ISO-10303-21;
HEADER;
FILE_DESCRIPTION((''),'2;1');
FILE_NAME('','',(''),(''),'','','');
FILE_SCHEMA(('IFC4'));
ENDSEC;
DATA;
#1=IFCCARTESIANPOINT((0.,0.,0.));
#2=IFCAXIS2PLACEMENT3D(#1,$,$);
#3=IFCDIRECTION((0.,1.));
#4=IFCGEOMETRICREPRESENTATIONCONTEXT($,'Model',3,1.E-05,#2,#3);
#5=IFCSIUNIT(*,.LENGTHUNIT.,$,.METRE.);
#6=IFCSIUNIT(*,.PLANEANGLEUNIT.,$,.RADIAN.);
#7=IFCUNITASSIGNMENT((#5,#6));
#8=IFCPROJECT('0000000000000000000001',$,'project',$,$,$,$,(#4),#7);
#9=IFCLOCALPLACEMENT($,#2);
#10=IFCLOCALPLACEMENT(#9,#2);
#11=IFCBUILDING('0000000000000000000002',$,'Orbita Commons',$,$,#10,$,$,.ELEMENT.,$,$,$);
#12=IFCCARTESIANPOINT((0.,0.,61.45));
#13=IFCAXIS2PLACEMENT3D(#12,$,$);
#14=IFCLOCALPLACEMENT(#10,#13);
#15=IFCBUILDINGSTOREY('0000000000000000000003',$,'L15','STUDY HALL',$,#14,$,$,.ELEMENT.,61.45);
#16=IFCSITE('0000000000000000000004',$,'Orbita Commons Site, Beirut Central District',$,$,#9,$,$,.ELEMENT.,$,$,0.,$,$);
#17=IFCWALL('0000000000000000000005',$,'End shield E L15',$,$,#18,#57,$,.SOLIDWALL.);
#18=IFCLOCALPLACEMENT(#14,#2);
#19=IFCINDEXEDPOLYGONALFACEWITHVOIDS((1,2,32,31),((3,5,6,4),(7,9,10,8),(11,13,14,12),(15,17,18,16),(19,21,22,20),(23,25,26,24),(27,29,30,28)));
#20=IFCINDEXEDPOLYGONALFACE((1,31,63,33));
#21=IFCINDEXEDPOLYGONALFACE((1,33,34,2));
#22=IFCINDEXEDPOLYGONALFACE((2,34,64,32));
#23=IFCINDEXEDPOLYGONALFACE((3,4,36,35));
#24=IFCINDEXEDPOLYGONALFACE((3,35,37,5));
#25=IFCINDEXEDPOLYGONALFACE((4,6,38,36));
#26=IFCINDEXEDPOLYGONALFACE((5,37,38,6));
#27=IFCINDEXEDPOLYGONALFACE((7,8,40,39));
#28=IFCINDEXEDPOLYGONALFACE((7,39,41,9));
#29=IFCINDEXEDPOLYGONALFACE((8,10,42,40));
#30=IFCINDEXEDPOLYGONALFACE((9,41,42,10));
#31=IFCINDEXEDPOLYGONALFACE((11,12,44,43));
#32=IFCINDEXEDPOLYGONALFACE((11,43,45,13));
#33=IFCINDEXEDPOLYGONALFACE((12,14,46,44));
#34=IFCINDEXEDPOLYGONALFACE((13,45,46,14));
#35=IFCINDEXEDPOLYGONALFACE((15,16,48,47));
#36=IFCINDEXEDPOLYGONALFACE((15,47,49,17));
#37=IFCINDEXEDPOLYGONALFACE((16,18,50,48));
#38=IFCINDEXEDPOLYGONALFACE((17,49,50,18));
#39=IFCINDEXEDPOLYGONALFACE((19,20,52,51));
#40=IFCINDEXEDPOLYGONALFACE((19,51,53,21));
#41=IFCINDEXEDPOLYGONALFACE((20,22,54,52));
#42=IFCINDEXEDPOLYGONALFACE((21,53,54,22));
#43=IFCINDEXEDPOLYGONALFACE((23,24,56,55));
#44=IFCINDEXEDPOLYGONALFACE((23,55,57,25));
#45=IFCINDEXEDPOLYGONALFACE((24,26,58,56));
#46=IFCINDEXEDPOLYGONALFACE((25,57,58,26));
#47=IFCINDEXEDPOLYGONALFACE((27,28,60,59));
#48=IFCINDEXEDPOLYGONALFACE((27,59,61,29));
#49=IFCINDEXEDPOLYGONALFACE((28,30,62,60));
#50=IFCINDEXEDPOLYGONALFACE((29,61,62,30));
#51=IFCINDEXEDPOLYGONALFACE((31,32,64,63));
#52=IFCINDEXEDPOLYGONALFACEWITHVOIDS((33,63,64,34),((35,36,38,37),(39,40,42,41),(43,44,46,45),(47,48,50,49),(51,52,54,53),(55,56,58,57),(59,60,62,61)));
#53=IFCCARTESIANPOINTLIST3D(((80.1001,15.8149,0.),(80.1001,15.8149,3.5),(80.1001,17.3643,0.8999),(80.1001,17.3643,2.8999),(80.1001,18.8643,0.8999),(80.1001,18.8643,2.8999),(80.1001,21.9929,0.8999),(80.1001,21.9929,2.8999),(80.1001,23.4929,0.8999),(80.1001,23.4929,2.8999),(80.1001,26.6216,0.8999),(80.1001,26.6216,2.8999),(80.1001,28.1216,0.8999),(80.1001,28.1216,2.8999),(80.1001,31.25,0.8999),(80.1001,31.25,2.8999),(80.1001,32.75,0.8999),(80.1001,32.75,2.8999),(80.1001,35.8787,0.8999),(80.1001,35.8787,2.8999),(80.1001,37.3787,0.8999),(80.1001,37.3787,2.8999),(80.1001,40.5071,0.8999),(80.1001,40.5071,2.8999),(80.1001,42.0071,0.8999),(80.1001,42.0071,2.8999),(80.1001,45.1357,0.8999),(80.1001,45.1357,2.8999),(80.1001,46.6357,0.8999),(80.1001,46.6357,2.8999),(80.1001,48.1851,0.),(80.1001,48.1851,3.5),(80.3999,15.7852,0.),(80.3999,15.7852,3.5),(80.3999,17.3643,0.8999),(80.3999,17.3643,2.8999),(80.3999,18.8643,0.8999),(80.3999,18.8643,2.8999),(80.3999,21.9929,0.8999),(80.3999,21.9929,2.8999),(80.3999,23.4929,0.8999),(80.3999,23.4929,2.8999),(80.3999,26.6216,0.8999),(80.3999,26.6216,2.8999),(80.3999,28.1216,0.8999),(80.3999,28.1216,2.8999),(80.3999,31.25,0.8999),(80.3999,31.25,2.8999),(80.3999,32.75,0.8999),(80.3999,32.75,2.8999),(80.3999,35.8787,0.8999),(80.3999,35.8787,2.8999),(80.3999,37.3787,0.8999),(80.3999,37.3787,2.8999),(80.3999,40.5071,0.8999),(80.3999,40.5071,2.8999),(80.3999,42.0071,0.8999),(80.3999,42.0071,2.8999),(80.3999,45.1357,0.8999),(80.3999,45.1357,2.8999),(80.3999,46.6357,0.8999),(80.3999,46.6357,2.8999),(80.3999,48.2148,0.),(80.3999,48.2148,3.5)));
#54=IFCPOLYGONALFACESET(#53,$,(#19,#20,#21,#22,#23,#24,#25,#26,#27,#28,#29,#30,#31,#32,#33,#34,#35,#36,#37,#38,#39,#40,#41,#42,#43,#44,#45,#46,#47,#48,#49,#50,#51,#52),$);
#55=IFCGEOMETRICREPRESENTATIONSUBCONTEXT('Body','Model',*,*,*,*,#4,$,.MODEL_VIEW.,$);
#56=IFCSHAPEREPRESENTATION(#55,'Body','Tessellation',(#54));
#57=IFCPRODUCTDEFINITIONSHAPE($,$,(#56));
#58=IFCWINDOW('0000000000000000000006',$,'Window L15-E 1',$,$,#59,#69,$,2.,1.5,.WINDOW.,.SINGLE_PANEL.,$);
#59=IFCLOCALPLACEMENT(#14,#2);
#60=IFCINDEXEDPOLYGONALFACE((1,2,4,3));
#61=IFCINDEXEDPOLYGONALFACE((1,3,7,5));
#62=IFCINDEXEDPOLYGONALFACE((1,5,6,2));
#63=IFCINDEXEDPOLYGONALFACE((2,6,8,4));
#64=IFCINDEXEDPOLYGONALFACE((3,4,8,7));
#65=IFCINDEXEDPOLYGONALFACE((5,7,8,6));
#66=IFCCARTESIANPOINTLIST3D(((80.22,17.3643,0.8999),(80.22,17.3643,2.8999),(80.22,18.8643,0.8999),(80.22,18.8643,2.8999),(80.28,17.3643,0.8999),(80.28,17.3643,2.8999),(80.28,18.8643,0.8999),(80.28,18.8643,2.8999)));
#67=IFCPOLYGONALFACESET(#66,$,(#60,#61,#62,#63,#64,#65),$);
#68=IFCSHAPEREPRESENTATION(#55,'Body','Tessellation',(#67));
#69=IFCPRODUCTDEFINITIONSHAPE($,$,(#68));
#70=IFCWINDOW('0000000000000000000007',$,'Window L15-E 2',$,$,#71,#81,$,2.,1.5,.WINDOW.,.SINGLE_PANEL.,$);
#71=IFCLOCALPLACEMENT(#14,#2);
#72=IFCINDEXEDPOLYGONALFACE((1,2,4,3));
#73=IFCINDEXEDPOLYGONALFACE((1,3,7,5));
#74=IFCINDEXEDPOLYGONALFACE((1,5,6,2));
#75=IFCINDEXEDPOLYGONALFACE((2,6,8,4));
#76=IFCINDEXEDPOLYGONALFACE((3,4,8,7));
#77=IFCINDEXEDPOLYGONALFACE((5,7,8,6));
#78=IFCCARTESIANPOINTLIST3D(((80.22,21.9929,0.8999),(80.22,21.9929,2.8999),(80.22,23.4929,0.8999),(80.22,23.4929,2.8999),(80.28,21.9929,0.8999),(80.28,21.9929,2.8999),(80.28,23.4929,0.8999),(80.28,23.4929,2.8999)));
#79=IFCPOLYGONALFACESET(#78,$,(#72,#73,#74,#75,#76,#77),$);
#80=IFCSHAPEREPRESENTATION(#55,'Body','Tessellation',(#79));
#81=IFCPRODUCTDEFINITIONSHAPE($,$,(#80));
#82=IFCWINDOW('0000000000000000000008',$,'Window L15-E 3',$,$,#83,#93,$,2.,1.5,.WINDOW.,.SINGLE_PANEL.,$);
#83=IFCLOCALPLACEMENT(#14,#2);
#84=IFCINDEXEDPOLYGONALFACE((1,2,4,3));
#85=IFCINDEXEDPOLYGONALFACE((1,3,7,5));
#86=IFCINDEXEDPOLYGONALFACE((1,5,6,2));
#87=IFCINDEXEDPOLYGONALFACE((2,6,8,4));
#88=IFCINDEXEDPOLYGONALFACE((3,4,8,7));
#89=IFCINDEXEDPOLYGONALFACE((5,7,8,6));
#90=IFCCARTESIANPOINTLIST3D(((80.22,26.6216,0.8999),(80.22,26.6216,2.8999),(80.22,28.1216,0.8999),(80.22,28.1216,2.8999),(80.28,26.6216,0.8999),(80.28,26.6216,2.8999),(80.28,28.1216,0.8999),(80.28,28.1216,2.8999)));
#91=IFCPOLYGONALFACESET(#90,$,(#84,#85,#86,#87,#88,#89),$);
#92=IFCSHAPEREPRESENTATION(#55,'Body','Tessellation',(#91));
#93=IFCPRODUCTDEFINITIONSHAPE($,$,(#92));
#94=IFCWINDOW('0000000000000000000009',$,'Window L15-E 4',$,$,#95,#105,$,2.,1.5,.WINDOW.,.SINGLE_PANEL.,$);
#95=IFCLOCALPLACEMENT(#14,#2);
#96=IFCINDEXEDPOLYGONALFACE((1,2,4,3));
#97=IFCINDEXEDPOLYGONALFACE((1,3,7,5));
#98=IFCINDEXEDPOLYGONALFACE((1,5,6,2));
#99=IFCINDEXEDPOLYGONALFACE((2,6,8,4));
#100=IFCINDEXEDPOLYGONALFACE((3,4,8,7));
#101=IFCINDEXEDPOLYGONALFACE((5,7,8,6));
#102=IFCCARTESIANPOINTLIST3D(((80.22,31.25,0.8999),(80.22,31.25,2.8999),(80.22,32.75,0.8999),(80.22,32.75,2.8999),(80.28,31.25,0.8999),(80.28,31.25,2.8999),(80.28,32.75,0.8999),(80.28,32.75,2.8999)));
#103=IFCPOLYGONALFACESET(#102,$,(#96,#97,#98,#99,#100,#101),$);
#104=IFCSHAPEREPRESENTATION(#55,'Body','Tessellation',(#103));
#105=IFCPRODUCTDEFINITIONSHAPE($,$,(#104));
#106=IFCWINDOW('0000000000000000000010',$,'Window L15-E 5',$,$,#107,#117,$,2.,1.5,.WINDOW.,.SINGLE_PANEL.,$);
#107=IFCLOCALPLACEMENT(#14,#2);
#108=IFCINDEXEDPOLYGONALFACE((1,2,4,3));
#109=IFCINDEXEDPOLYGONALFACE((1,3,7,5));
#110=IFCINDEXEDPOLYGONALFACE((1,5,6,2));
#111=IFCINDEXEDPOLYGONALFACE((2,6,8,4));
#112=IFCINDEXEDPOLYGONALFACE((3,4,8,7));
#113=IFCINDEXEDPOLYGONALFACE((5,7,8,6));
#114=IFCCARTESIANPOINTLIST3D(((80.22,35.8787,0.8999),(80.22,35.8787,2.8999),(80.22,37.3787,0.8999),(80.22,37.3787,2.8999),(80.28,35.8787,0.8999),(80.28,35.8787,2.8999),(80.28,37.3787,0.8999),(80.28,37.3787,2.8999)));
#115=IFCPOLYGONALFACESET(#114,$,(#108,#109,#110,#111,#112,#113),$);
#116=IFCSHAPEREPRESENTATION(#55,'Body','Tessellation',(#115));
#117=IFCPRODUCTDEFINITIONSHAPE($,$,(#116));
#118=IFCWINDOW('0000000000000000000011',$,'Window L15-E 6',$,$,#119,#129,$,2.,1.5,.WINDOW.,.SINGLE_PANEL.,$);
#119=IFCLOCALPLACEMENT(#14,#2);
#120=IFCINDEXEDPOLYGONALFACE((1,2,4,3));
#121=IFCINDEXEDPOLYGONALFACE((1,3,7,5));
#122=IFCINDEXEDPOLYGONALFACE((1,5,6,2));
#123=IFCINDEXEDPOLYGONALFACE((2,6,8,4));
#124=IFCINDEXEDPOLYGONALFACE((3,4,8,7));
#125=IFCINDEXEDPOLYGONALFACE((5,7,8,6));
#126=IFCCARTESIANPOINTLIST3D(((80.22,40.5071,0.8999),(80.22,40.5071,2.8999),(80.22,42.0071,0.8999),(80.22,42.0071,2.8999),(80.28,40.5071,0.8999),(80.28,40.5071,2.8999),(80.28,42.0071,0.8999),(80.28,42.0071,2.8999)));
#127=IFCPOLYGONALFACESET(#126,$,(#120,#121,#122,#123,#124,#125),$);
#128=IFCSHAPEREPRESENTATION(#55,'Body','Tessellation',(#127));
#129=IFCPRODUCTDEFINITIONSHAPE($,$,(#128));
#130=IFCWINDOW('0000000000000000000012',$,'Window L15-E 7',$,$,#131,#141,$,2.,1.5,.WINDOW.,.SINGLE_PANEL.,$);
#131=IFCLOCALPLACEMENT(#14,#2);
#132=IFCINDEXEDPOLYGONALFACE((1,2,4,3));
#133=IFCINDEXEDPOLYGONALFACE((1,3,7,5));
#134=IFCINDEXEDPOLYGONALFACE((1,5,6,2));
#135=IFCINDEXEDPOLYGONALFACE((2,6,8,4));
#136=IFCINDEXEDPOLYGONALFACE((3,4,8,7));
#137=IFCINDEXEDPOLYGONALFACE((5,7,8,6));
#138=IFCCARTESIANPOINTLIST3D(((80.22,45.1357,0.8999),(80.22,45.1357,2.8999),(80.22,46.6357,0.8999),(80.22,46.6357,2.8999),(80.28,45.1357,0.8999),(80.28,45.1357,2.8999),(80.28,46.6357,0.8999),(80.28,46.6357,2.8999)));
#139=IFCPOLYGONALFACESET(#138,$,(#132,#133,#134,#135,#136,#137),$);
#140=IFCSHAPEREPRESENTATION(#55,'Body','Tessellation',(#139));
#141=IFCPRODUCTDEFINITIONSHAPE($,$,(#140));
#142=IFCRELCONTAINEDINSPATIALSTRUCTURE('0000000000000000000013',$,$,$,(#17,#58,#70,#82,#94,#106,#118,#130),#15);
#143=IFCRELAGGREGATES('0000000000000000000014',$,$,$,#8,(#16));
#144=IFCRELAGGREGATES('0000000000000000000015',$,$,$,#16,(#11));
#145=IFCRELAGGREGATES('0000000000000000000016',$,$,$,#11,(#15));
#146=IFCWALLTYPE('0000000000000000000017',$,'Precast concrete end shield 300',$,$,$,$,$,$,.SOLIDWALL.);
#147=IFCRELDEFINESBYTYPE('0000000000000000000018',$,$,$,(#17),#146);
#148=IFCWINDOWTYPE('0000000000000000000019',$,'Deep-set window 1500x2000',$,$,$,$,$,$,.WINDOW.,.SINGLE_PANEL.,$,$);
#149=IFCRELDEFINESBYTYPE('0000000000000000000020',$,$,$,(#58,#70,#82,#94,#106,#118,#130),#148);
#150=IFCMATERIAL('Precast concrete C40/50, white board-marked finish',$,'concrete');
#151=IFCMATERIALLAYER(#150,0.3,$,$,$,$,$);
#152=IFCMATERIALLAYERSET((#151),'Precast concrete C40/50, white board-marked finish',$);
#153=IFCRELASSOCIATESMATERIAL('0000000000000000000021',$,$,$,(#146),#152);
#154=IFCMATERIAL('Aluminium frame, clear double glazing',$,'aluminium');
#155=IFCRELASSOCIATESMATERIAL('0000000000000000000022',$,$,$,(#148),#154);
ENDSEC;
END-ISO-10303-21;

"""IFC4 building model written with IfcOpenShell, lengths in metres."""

from ifc_helpers import new_model, si_unit, direction, frame, frame_2d, origin, place, context, subcontext, project, spatial, polyline, rectangle, outline, extrude, material, layer, layer_set, type_object, element, fill, save


model = new_model("IFC4")

# Units and contexts
model_context = context("Model", 3, precision=1e-05, world=origin(), true_north=direction((0.0, 1.0)))
body_context = subcontext(model_context, "Body", "Model", "MODEL_VIEW")
ifc_project = project(units=[si_unit("LENGTHUNIT", "METRE"), si_unit("PLANEANGLEUNIT", "RADIAN")], contexts=[model_context])

# Site, building, storey
site_placement = place(None, origin())
site = spatial("IfcSite", under=ifc_project, at=site_placement, Name="Orbita Commons Site, Beirut Central District", CompositionType="ELEMENT", RefElevation=0.0)
building_placement = place(site_placement, origin())
building = spatial("IfcBuilding", under=site, at=building_placement, Name="Orbita Commons", CompositionType="ELEMENT")
storey_placement = place(building_placement, frame((0.0, 0.0, 61.45)))
storey = spatial("IfcBuildingStorey", under=building, at=storey_placement, Name="L15", Description="STUDY HALL", CompositionType="ELEMENT", Elevation=61.45)

# Wall, openings, windows
ifc_material_1 = material(Name="Precast concrete C40/50, white board-marked finish", Category="concrete")
ifc_layer_1 = layer(ifc_material_1, 0.3)
ifc_layer_set_1 = layer_set([ifc_layer_1], Name="Precast concrete C40/50, white board-marked finish")
wall_type_1 = type_object("IfcWallType", Name="Precast concrete end shield 300", PredefinedType="SOLIDWALL", material=ifc_layer_set_1)
wall_1_placement = place(storey_placement, frame((80.25, 15.8, 0.0), z_axis=(0.0, 0.0, 1.0), x_axis=(0.0, 1.0, 0.0)))
wall_1 = element("IfcWall", 1, at=wall_1_placement, inside=storey, type_object=wall_type_1, Name="End shield E L15", PredefinedType="SOLIDWALL", context=body_context, shape_type="SweptSolid", body=[
    extrude(outline(polyline([(-0.0149, -0.1499), (32.4148, -0.1499), (32.385, 0.1499), (0.0149, 0.1499), (-0.0149, -0.1499)])), origin(), (0.0, 0.0, 1.0), 3.5),
])
opening_1_placement = place(wall_1_placement, frame((1.5642, 0.0, 0.8999)))
opening_1 = element("IfcOpeningElement", 2, at=opening_1_placement, cuts=wall_1, PredefinedType="OPENING", context=body_context, shape_type="SweptSolid", body=[
    extrude(rectangle(XDim=1.5, YDim=2.0, at=frame_2d((0.75, 1.0))), frame((0.0, 0.1599, 0.0), z_axis=(0.0, -1.0, 0.0), x_axis=(1.0, 0.0, 0.0)), (0.0, 0.0, 1.0), 0.3201),
])
opening_2_placement = place(wall_1_placement, frame((6.1929, 0.0, 0.8999)))
opening_2 = element("IfcOpeningElement", 3, at=opening_2_placement, cuts=wall_1, PredefinedType="OPENING", context=body_context, shape_type="SweptSolid", body=[
    extrude(rectangle(XDim=1.5, YDim=2.0, at=frame_2d((0.75, 1.0))), frame((0.0, 0.1599, 0.0), z_axis=(0.0, -1.0, 0.0), x_axis=(1.0, 0.0, 0.0)), (0.0, 0.0, 1.0), 0.3201),
])
opening_3_placement = place(wall_1_placement, frame((10.8215, 0.0, 0.8999)))
opening_3 = element("IfcOpeningElement", 4, at=opening_3_placement, cuts=wall_1, PredefinedType="OPENING", context=body_context, shape_type="SweptSolid", body=[
    extrude(rectangle(XDim=1.5, YDim=2.0, at=frame_2d((0.75, 1.0))), frame((0.0, 0.1599, 0.0), z_axis=(0.0, -1.0, 0.0), x_axis=(1.0, 0.0, 0.0)), (0.0, 0.0, 1.0), 0.3201),
])
opening_4_placement = place(wall_1_placement, frame((15.45, 0.0, 0.8999)))
opening_4 = element("IfcOpeningElement", 5, at=opening_4_placement, cuts=wall_1, PredefinedType="OPENING", context=body_context, shape_type="SweptSolid", body=[
    extrude(rectangle(XDim=1.5, YDim=2.0, at=frame_2d((0.75, 1.0))), frame((0.0, 0.1599, 0.0), z_axis=(0.0, -1.0, 0.0), x_axis=(1.0, 0.0, 0.0)), (0.0, 0.0, 1.0), 0.3201),
])
opening_5_placement = place(wall_1_placement, frame((20.0786, 0.0, 0.8999)))
opening_5 = element("IfcOpeningElement", 6, at=opening_5_placement, cuts=wall_1, PredefinedType="OPENING", context=body_context, shape_type="SweptSolid", body=[
    extrude(rectangle(XDim=1.5, YDim=2.0, at=frame_2d((0.75, 1.0))), frame((0.0, 0.1599, 0.0), z_axis=(0.0, -1.0, 0.0), x_axis=(1.0, 0.0, 0.0)), (0.0, 0.0, 1.0), 0.3201),
])
opening_6_placement = place(wall_1_placement, frame((24.707, 0.0, 0.8999)))
opening_6 = element("IfcOpeningElement", 7, at=opening_6_placement, cuts=wall_1, PredefinedType="OPENING", context=body_context, shape_type="SweptSolid", body=[
    extrude(rectangle(XDim=1.5, YDim=2.0, at=frame_2d((0.75, 1.0))), frame((0.0, 0.1599, 0.0), z_axis=(0.0, -1.0, 0.0), x_axis=(1.0, 0.0, 0.0)), (0.0, 0.0, 1.0), 0.3201),
])
opening_7_placement = place(wall_1_placement, frame((29.3357, 0.0, 0.8999)))
opening_7 = element("IfcOpeningElement", 8, at=opening_7_placement, cuts=wall_1, PredefinedType="OPENING", context=body_context, shape_type="SweptSolid", body=[
    extrude(rectangle(XDim=1.5, YDim=2.0, at=frame_2d((0.75, 1.0))), frame((0.0, 0.1599, 0.0), z_axis=(0.0, -1.0, 0.0), x_axis=(1.0, 0.0, 0.0)), (0.0, 0.0, 1.0), 0.3201),
])
ifc_material_2 = material(Name="Aluminium frame, clear double glazing", Category="aluminium")
window_type = type_object("IfcWindowType", Name="Deep-set window 1500x2000", PartitioningType="SINGLE_PANEL", PredefinedType="WINDOW", material=ifc_material_2)
window_1_placement = place(opening_1_placement, origin())
window_1 = element("IfcWindow", 9, at=window_1_placement, inside=storey, type_object=window_type, Name="Window L15-E 1", OverallHeight=2.0, OverallWidth=1.5, PartitioningType="SINGLE_PANEL", PredefinedType="WINDOW", context=body_context, shape_type="SweptSolid", body=[
    extrude(rectangle(XDim=1.5, YDim=2.0, at=frame_2d((0.75, 1.0))), frame((0.0, 0.03, 0.0), z_axis=(0.0, -1.0, 0.0), x_axis=(1.0, 0.0, 0.0)), (0.0, 0.0, 1.0), 0.0601),
])
fill(opening_1, window_1)
window_2_placement = place(opening_2_placement, origin())
window_2 = element("IfcWindow", 10, at=window_2_placement, inside=storey, type_object=window_type, Name="Window L15-E 2", OverallHeight=2.0, OverallWidth=1.5, PartitioningType="SINGLE_PANEL", PredefinedType="WINDOW", context=body_context, shape_type="SweptSolid", body=[
    extrude(rectangle(XDim=1.5, YDim=2.0, at=frame_2d((0.75, 1.0))), frame((0.0, 0.03, 0.0), z_axis=(0.0, -1.0, 0.0), x_axis=(1.0, 0.0, 0.0)), (0.0, 0.0, 1.0), 0.0601),
])
fill(opening_2, window_2)
window_3_placement = place(opening_3_placement, origin())
window_3 = element("IfcWindow", 11, at=window_3_placement, inside=storey, type_object=window_type, Name="Window L15-E 3", OverallHeight=2.0, OverallWidth=1.5, PartitioningType="SINGLE_PANEL", PredefinedType="WINDOW", context=body_context, shape_type="SweptSolid", body=[
    extrude(rectangle(XDim=1.5, YDim=2.0, at=frame_2d((0.75, 1.0))), frame((0.0, 0.03, 0.0), z_axis=(0.0, -1.0, 0.0), x_axis=(1.0, 0.0, 0.0)), (0.0, 0.0, 1.0), 0.0601),
])
fill(opening_3, window_3)
window_4_placement = place(opening_4_placement, origin())
window_4 = element("IfcWindow", 12, at=window_4_placement, inside=storey, type_object=window_type, Name="Window L15-E 4", OverallHeight=2.0, OverallWidth=1.5, PartitioningType="SINGLE_PANEL", PredefinedType="WINDOW", context=body_context, shape_type="SweptSolid", body=[
    extrude(rectangle(XDim=1.5, YDim=2.0, at=frame_2d((0.75, 1.0))), frame((0.0, 0.03, 0.0), z_axis=(0.0, -1.0, 0.0), x_axis=(1.0, 0.0, 0.0)), (0.0, 0.0, 1.0), 0.0601),
])
fill(opening_4, window_4)
window_5_placement = place(opening_5_placement, origin())
window_5 = element("IfcWindow", 13, at=window_5_placement, inside=storey, type_object=window_type, Name="Window L15-E 5", OverallHeight=2.0, OverallWidth=1.5, PartitioningType="SINGLE_PANEL", PredefinedType="WINDOW", context=body_context, shape_type="SweptSolid", body=[
    extrude(rectangle(XDim=1.5, YDim=2.0, at=frame_2d((0.75, 1.0))), frame((0.0, 0.03, 0.0), z_axis=(0.0, -1.0, 0.0), x_axis=(1.0, 0.0, 0.0)), (0.0, 0.0, 1.0), 0.0601),
])
fill(opening_5, window_5)
window_6_placement = place(opening_6_placement, origin())
window_6 = element("IfcWindow", 14, at=window_6_placement, inside=storey, type_object=window_type, Name="Window L15-E 6", OverallHeight=2.0, OverallWidth=1.5, PartitioningType="SINGLE_PANEL", PredefinedType="WINDOW", context=body_context, shape_type="SweptSolid", body=[
    extrude(rectangle(XDim=1.5, YDim=2.0, at=frame_2d((0.75, 1.0))), frame((0.0, 0.03, 0.0), z_axis=(0.0, -1.0, 0.0), x_axis=(1.0, 0.0, 0.0)), (0.0, 0.0, 1.0), 0.0601),
])
fill(opening_6, window_6)
window_7_placement = place(opening_7_placement, origin())
window_7 = element("IfcWindow", 15, at=window_7_placement, inside=storey, type_object=window_type, Name="Window L15-E 7", OverallHeight=2.0, OverallWidth=1.5, PartitioningType="SINGLE_PANEL", PredefinedType="WINDOW", context=body_context, shape_type="SweptSolid", body=[
    extrude(rectangle(XDim=1.5, YDim=2.0, at=frame_2d((0.75, 1.0))), frame((0.0, 0.03, 0.0), z_axis=(0.0, -1.0, 0.0), x_axis=(1.0, 0.0, 0.0)), (0.0, 0.0, 1.0), 0.0601),
])
fill(opening_7, window_7)

save(model, "model.ifc")
